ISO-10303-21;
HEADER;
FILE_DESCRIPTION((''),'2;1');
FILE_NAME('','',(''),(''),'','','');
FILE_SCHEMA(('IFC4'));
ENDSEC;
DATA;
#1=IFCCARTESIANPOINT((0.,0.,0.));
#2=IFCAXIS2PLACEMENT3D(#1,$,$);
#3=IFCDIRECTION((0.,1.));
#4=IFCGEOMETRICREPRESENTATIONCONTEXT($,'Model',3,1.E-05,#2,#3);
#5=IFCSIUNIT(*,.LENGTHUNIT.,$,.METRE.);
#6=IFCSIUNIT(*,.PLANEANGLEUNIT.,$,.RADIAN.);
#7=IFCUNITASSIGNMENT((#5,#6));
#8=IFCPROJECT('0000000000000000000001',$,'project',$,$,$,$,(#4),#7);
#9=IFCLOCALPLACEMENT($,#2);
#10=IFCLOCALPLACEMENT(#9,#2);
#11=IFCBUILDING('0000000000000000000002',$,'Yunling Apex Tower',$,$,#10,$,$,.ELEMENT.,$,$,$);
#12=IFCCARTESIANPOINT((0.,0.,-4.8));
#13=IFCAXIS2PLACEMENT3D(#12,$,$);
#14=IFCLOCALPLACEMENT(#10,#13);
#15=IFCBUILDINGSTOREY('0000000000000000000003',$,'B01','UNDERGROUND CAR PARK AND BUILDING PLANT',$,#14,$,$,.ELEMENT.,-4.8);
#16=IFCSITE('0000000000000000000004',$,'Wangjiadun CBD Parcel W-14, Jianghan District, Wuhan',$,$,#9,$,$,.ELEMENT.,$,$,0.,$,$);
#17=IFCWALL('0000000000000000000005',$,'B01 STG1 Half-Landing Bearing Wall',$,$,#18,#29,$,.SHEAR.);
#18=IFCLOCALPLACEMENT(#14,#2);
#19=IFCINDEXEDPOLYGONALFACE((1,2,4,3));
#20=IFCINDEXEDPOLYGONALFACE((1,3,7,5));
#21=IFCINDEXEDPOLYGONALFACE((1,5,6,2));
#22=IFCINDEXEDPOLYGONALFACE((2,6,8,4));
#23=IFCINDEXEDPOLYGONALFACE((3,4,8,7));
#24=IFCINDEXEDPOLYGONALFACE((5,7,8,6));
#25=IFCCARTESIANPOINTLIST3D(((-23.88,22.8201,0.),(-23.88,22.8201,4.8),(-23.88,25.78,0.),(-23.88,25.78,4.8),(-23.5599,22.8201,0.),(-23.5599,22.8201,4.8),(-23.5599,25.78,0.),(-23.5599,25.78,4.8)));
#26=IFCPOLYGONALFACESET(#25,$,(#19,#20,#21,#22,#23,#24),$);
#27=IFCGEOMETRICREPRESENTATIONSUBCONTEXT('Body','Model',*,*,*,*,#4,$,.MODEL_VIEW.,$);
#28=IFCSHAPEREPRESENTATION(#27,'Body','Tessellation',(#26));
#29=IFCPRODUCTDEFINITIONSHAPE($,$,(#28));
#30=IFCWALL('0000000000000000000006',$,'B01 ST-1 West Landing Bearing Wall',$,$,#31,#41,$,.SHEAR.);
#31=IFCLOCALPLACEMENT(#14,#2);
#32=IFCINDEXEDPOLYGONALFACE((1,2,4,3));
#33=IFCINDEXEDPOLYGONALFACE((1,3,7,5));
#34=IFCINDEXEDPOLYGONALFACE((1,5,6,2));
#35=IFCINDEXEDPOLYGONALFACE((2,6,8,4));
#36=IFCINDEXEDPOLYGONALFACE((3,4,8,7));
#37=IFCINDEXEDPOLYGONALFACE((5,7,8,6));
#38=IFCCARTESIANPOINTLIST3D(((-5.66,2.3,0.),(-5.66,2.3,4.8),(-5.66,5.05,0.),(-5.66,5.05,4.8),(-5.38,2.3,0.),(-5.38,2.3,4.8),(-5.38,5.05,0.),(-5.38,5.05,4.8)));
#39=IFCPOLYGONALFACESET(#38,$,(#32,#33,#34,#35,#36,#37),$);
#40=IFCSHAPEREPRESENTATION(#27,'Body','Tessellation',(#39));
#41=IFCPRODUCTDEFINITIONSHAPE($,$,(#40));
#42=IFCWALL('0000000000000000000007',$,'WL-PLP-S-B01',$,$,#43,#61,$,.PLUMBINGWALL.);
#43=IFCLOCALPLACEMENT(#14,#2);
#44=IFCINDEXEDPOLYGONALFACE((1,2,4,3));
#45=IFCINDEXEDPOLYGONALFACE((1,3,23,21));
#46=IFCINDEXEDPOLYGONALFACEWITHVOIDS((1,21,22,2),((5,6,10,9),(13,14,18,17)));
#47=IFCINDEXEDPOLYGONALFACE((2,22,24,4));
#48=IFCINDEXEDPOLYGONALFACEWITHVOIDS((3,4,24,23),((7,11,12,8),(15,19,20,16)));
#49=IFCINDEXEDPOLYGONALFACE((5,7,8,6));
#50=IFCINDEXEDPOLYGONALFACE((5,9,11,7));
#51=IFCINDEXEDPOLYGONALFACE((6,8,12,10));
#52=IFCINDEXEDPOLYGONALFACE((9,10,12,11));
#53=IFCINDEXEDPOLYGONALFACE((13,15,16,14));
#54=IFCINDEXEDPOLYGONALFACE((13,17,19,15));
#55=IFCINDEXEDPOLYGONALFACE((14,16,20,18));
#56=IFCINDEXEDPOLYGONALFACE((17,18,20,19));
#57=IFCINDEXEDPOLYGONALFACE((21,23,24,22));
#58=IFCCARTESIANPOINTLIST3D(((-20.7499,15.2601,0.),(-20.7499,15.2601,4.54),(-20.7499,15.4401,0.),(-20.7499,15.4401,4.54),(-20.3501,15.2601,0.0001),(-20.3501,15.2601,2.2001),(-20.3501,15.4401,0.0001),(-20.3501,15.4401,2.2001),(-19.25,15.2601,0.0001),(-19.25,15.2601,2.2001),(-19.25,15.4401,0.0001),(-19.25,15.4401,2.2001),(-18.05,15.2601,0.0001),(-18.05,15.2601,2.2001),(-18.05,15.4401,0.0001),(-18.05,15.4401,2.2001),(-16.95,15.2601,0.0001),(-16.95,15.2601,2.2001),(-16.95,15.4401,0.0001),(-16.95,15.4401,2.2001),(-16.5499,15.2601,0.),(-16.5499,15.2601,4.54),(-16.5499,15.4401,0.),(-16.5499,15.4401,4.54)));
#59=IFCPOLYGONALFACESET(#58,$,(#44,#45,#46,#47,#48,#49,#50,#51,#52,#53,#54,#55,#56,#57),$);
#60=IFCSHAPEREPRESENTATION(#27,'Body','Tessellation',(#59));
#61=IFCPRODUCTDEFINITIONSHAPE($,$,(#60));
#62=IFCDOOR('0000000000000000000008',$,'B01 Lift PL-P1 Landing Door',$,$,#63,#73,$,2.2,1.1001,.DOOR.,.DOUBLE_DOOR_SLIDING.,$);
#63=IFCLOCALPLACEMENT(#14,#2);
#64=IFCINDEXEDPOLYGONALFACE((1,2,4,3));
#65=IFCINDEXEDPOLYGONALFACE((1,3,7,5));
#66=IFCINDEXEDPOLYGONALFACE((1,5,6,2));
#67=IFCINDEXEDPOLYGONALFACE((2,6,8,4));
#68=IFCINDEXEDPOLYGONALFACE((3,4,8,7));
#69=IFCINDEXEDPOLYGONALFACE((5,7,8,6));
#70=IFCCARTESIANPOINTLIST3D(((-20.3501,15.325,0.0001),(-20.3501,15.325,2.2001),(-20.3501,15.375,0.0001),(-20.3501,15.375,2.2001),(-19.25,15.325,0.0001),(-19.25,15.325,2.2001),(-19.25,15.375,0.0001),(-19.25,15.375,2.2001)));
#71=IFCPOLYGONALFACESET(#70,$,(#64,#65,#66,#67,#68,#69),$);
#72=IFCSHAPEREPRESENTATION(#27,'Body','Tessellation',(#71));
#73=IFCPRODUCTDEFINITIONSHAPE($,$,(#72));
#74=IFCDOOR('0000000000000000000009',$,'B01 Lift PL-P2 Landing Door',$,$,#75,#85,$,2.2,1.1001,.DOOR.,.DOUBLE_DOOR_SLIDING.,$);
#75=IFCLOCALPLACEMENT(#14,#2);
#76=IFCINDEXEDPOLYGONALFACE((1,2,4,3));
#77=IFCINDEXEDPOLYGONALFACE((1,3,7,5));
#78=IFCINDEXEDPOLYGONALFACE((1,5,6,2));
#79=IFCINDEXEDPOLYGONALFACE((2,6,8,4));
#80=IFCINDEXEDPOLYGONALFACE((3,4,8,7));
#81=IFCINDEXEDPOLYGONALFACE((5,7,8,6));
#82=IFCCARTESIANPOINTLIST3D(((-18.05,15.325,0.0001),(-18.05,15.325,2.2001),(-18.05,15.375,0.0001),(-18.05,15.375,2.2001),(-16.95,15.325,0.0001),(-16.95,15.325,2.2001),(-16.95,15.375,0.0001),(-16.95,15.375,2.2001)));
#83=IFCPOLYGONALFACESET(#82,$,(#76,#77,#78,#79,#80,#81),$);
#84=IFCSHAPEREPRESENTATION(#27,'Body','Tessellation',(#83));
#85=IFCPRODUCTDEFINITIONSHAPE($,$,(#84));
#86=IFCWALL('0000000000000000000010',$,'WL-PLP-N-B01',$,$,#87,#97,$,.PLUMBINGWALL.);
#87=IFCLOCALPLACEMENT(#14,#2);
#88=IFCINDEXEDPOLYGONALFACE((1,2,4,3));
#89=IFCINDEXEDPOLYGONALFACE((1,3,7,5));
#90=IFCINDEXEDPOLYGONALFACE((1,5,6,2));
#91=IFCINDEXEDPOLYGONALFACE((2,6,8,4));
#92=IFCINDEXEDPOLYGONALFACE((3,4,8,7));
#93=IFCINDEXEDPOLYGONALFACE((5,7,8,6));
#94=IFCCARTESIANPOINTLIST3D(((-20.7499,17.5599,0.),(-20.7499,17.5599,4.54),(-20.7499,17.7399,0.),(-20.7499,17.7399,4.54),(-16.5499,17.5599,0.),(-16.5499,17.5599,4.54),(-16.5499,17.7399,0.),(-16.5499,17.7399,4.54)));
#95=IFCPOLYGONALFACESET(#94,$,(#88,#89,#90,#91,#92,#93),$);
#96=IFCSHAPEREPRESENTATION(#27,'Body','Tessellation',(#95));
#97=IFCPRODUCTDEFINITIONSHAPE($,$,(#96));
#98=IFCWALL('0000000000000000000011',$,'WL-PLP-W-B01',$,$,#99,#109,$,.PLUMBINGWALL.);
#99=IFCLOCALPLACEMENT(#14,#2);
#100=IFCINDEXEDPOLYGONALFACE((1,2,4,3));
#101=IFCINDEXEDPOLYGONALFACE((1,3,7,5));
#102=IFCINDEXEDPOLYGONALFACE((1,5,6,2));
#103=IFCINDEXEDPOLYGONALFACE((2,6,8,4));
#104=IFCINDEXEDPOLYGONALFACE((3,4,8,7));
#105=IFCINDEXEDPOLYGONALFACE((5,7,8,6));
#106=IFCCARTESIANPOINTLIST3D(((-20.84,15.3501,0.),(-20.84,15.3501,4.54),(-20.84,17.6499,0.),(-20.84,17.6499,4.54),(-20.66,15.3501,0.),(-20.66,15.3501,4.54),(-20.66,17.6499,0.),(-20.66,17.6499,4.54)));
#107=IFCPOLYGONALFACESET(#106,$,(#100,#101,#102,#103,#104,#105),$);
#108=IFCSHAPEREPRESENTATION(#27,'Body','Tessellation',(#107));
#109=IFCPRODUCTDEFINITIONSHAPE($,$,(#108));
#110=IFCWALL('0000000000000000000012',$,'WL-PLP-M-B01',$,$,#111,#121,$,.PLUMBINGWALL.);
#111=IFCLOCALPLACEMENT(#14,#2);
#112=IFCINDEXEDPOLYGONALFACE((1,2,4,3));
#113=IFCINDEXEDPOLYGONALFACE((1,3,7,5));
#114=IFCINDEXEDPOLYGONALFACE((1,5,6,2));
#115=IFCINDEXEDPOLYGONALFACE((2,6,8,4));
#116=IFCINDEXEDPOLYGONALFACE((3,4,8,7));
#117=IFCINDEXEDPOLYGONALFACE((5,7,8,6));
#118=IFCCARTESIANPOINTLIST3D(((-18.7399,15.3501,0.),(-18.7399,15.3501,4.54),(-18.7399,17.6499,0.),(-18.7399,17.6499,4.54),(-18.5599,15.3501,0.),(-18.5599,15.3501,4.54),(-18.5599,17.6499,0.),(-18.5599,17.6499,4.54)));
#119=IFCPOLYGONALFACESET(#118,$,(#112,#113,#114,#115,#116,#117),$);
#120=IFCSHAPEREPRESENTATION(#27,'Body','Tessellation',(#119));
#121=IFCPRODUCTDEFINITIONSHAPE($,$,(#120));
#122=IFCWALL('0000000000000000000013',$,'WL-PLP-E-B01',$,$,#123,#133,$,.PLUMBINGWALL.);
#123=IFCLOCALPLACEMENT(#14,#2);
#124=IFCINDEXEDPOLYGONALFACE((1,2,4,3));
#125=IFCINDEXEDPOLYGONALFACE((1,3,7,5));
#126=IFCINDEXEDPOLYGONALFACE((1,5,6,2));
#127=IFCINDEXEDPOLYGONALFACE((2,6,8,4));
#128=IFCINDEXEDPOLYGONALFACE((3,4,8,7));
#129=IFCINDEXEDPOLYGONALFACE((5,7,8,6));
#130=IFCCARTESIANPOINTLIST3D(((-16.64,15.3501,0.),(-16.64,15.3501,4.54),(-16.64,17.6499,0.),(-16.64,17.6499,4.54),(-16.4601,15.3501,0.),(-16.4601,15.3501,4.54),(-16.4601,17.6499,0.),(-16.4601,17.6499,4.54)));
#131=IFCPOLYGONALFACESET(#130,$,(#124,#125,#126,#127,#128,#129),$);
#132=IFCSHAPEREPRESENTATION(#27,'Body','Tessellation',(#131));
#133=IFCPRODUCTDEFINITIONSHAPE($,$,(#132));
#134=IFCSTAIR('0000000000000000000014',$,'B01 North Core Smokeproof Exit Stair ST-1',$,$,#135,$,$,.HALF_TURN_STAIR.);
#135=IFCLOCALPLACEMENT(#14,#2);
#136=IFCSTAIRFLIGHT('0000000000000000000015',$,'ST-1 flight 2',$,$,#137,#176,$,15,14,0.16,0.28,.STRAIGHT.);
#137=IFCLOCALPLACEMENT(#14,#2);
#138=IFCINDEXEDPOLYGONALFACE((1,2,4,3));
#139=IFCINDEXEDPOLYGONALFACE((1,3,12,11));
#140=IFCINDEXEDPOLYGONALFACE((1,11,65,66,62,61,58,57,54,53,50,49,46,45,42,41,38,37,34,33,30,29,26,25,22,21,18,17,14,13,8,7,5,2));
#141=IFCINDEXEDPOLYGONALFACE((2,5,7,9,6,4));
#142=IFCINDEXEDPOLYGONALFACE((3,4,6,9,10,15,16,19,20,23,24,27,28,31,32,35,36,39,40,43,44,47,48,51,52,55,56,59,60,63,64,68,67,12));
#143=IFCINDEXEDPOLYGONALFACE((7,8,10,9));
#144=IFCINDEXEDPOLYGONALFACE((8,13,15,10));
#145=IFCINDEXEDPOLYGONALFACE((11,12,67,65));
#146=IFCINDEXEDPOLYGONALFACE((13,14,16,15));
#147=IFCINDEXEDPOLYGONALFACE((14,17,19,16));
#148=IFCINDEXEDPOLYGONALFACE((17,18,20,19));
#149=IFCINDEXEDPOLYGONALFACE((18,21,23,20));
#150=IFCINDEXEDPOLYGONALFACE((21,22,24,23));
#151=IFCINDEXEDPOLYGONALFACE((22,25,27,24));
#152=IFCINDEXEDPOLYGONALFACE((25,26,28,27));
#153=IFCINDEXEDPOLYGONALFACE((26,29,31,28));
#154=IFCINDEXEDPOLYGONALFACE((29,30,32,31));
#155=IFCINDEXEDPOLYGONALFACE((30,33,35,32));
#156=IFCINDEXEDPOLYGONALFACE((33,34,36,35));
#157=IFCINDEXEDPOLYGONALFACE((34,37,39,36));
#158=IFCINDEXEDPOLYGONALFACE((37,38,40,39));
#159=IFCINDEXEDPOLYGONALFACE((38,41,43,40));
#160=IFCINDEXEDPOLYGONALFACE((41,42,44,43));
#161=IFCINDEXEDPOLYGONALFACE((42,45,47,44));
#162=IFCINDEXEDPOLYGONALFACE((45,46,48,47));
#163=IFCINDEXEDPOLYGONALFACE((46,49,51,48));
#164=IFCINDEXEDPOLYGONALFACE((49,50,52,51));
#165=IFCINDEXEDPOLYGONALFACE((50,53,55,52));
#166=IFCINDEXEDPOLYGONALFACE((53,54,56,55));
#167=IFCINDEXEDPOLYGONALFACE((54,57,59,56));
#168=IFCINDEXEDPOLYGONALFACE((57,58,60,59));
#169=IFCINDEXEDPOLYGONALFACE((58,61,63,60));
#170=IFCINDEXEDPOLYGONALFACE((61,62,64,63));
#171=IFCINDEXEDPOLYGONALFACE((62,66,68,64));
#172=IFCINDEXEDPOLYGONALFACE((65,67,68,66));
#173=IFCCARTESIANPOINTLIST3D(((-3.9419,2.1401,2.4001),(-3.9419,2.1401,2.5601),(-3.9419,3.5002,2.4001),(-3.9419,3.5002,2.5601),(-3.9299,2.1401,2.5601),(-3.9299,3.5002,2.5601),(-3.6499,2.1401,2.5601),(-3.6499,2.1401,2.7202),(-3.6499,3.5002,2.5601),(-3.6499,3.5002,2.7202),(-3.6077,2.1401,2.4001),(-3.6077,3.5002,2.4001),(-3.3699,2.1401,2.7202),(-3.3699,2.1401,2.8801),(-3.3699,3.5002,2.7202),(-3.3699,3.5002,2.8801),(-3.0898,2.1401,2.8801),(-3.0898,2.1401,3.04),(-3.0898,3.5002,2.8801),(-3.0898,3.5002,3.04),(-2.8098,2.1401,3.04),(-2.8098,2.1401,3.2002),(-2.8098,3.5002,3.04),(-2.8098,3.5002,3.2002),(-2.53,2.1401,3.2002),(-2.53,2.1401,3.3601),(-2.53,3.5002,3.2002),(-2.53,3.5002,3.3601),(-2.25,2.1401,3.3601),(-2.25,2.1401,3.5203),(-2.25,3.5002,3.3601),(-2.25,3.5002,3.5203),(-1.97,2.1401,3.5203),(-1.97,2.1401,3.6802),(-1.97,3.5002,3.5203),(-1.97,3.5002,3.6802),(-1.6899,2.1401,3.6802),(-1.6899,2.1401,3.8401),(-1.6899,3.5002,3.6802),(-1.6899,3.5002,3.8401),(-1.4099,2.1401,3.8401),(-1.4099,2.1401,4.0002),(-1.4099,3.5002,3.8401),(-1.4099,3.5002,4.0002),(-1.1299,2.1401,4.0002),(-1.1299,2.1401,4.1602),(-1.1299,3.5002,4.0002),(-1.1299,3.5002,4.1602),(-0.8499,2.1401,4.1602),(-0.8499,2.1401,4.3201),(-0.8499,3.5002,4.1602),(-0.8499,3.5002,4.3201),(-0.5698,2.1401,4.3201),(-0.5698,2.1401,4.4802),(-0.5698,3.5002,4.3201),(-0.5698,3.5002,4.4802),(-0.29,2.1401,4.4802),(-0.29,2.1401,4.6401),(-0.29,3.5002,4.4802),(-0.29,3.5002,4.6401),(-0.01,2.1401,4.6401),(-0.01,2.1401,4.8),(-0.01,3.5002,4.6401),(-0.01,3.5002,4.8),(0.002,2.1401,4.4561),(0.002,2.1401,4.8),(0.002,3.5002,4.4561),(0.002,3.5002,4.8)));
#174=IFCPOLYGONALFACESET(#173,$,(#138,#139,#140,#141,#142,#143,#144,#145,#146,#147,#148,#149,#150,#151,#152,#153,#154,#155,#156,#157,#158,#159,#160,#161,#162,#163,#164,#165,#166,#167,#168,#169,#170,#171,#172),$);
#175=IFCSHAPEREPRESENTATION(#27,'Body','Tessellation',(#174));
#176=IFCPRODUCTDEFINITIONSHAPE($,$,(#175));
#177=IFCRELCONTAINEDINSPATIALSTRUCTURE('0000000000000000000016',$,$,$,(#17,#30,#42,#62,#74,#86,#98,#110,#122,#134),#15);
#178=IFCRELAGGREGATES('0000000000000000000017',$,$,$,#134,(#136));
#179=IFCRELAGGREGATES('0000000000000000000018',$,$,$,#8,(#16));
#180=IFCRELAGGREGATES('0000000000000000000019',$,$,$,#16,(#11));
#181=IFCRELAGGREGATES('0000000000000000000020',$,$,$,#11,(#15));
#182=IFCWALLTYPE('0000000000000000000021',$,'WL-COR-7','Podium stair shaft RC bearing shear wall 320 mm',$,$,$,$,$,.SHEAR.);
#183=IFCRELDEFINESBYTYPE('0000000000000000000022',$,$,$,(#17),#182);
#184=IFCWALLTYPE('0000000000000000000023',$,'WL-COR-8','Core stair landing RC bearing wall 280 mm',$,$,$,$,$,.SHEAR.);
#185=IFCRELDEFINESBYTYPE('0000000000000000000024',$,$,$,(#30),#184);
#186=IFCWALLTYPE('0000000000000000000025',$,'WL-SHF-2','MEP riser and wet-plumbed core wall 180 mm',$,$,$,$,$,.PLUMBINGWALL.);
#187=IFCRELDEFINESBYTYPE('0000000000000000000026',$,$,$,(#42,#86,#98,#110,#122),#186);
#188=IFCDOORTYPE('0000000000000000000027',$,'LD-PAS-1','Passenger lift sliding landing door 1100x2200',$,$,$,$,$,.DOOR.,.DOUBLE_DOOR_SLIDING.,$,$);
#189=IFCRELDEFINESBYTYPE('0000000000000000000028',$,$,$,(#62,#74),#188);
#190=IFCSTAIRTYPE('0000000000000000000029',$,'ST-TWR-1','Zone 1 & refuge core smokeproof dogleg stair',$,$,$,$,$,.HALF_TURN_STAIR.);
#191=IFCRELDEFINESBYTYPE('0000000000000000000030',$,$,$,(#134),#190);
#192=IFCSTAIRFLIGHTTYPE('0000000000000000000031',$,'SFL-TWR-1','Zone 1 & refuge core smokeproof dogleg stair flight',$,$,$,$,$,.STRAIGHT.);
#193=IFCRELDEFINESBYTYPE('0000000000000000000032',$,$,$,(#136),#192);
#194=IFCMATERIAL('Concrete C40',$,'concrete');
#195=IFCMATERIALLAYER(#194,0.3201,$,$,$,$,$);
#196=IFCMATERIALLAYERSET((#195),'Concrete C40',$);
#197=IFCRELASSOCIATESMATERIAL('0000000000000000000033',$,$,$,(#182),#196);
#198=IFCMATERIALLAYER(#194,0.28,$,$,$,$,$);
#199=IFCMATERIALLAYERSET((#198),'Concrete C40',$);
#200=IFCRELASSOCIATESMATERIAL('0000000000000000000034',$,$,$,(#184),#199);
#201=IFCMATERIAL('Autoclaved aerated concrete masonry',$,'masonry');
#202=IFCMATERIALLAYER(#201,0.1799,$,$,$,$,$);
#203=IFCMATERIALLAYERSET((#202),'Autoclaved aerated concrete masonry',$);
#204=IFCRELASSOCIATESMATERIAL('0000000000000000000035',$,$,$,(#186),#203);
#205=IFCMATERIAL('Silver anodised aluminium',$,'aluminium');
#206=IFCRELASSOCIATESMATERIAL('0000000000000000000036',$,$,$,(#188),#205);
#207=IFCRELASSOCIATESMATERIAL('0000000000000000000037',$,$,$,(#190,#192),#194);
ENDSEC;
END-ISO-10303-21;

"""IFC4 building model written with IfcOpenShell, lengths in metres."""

from ifc_helpers import new_model, si_unit, direction, frame, frame_2d, origin, place, context, subcontext, project, spatial, polyline, rectangle, outline, extrude, material, layer, layer_set, type_object, element, fill, aggregate, save


model = new_model("IFC4")

# Units and contexts
model_context = context("Model", 3, precision=1e-05, world=origin(), true_north=direction((0.0, 1.0)))
body_context = subcontext(model_context, "Body", "Model", "MODEL_VIEW")
ifc_project = project(units=[si_unit("LENGTHUNIT", "METRE"), si_unit("PLANEANGLEUNIT", "RADIAN")], contexts=[model_context])

# Site, building, storey
site_placement = place(None, origin())
site = spatial("IfcSite", under=ifc_project, at=site_placement, Name="Wangjiadun CBD Parcel W-14, Jianghan District, Wuhan", CompositionType="ELEMENT", RefElevation=0.0)
building_placement = place(site_placement, origin())
building = spatial("IfcBuilding", under=site, at=building_placement, Name="Yunling Apex Tower", CompositionType="ELEMENT")
storey_placement = place(building_placement, frame((0.0, 0.0, -4.8)))
storey = spatial("IfcBuildingStorey", under=building, at=storey_placement, Name="B01", Description="UNDERGROUND CAR PARK AND BUILDING PLANT", CompositionType="ELEMENT", Elevation=-4.8)

# Walls
ifc_material_1 = material(Name="Concrete C40", Category="concrete")
ifc_layer_1 = layer(ifc_material_1, 0.3201)
ifc_layer_set_1 = layer_set([ifc_layer_1], Name="Concrete C40")
wall_type_1 = type_object("IfcWallType", Name="WL-COR-7", Description="Podium stair shaft RC bearing shear wall 320 mm", PredefinedType="SHEAR", material=ifc_layer_set_1)
wall_1_placement = place(storey_placement, frame((-23.72, 22.8201, 0.0), z_axis=(0.0, 0.0, 1.0), x_axis=(0.0, 1.0, 0.0)))
element("IfcWall", 1, at=wall_1_placement, inside=storey, type_object=wall_type_1, Name="B01 STG1 Half-Landing Bearing Wall", PredefinedType="SHEAR", context=body_context, shape_type="SweptSolid", body=[
    extrude(rectangle(XDim=2.96, YDim=0.3201, at=frame_2d((1.48, 0.0))), origin(), (0.0, 0.0, 1.0), 4.8),
])
ifc_layer_2 = layer(ifc_material_1, 0.28)
ifc_layer_set_2 = layer_set([ifc_layer_2], Name="Concrete C40")
wall_type_2 = type_object("IfcWallType", Name="WL-COR-8", Description="Core stair landing RC bearing wall 280 mm", PredefinedType="SHEAR", material=ifc_layer_set_2)
wall_2_placement = place(storey_placement, frame((-5.52, 2.3, 0.0), z_axis=(0.0, 0.0, 1.0), x_axis=(0.0, 1.0, 0.0)))
element("IfcWall", 2, at=wall_2_placement, inside=storey, type_object=wall_type_2, Name="B01 ST-1 West Landing Bearing Wall", PredefinedType="SHEAR", context=body_context, shape_type="SweptSolid", body=[
    extrude(rectangle(XDim=2.75, YDim=0.28, at=frame_2d((1.375, 0.0))), origin(), (0.0, 0.0, 1.0), 4.8),
])

# Wall, openings, doors
ifc_material_2 = material(Name="Autoclaved aerated concrete masonry", Category="masonry")
ifc_layer_3 = layer(ifc_material_2, 0.1799)
ifc_layer_set_3 = layer_set([ifc_layer_3], Name="Autoclaved aerated concrete masonry")
wall_type_3 = type_object("IfcWallType", Name="WL-SHF-2", Description="MEP riser and wet-plumbed core wall 180 mm", PredefinedType="PLUMBINGWALL", material=ifc_layer_set_3)
wall_3_placement = place(storey_placement, frame((-20.75, 15.3501, 0.0), z_axis=(0.0, 0.0, 1.0), x_axis=(1.0, 0.0, 0.0)))
wall_3 = element("IfcWall", 3, at=wall_3_placement, inside=storey, type_object=wall_type_3, Name="WL-PLP-S-B01", PredefinedType="PLUMBINGWALL", context=body_context, shape_type="SweptSolid", body=[
    extrude(rectangle(XDim=4.2, YDim=0.1799, at=frame_2d((2.1001, 0.0))), origin(), (0.0, 0.0, 1.0), 4.54),
])
opening_1_placement = place(wall_3_placement, frame((0.3999, 0.0, 0.0)))
opening_1 = element("IfcOpeningElement", 4, at=opening_1_placement, cuts=wall_3, PredefinedType="OPENING", context=body_context, shape_type="SweptSolid", body=[
    extrude(rectangle(XDim=1.1001, YDim=2.2, at=frame_2d((0.55, 1.1001))), frame((0.0, 0.1001, 0.0), z_axis=(0.0, -1.0, 0.0), x_axis=(1.0, 0.0, 0.0)), (0.0, 0.0, 1.0), 0.2),
])
opening_2_placement = place(wall_3_placement, frame((2.7, 0.0, 0.0)))
opening_2 = element("IfcOpeningElement", 5, at=opening_2_placement, cuts=wall_3, PredefinedType="OPENING", context=body_context, shape_type="SweptSolid", body=[
    extrude(rectangle(XDim=1.1001, YDim=2.2, at=frame_2d((0.55, 1.1001))), frame((0.0, 0.1001, 0.0), z_axis=(0.0, -1.0, 0.0), x_axis=(1.0, 0.0, 0.0)), (0.0, 0.0, 1.0), 0.2),
])
ifc_material_3 = material(Name="Silver anodised aluminium", Category="aluminium")
door_type_1 = type_object("IfcDoorType", Name="LD-PAS-1", Description="Passenger lift sliding landing door 1100x2200", OperationType="DOUBLE_DOOR_SLIDING", PredefinedType="DOOR", material=ifc_material_3)
door_1_placement = place(opening_1_placement, origin())
door_1 = element("IfcDoor", 6, at=door_1_placement, inside=storey, type_object=door_type_1, Name="B01 Lift PL-P1 Landing Door", OperationType="DOUBLE_DOOR_SLIDING", OverallHeight=2.2, OverallWidth=1.1001, PredefinedType="DOOR", context=body_context, shape_type="SweptSolid", body=[
    extrude(rectangle(XDim=1.1001, YDim=2.2, at=frame_2d((0.55, 1.1001))), frame((0.0, 0.0249, 0.0), z_axis=(0.0, -1.0, 0.0), x_axis=(1.0, 0.0, 0.0)), (0.0, 0.0, 1.0), 0.05),
])
fill(opening_1, door_1)
door_2_placement = place(opening_2_placement, origin())
door_2 = element("IfcDoor", 7, at=door_2_placement, inside=storey, type_object=door_type_1, Name="B01 Lift PL-P2 Landing Door", OperationType="DOUBLE_DOOR_SLIDING", OverallHeight=2.2, OverallWidth=1.1001, PredefinedType="DOOR", context=body_context, shape_type="SweptSolid", body=[
    extrude(rectangle(XDim=1.1001, YDim=2.2, at=frame_2d((0.55, 1.1001))), frame((0.0, 0.0249, 0.0), z_axis=(0.0, -1.0, 0.0), x_axis=(1.0, 0.0, 0.0)), (0.0, 0.0, 1.0), 0.05),
])
fill(opening_2, door_2)

# Walls
wall_4_placement = place(storey_placement, frame((-20.75, 17.6499, 0.0), z_axis=(0.0, 0.0, 1.0), x_axis=(1.0, 0.0, 0.0)))
element("IfcWall", 8, at=wall_4_placement, inside=storey, type_object=wall_type_3, Name="WL-PLP-N-B01", PredefinedType="PLUMBINGWALL", context=body_context, shape_type="SweptSolid", body=[
    extrude(rectangle(XDim=4.2, YDim=0.1799, at=frame_2d((2.1001, 0.0))), origin(), (0.0, 0.0, 1.0), 4.54),
])
for number, where, z_axis, x_axis, name in (
    (9, (-20.75, 15.3501, 0.0), (0.0, 0.0, 1.0), (0.0, 1.0, 0.0), "WL-PLP-W-B01"),
    (10, (-18.6499, 15.3501, 0.0), (0.0, 0.0, 1.0), (0.0, 1.0, 0.0), "WL-PLP-M-B01"),
    (11, (-16.55, 15.3501, 0.0), (0.0, 0.0, 1.0), (0.0, 1.0, 0.0), "WL-PLP-E-B01"),
):
    element("IfcWall", number, at=place(storey_placement, frame(where, z_axis=z_axis, x_axis=x_axis)), inside=storey, type_object=wall_type_3, Name=name, PredefinedType="PLUMBINGWALL", context=body_context, shape_type="SweptSolid", body=[
        extrude(rectangle(XDim=2.2998, YDim=0.1799, at=frame_2d((1.1499, 0.0))), origin(), (0.0, 0.0, 1.0), 4.54),
    ])

# Stair, stair flight
stair_type = type_object("IfcStairType", Name="ST-TWR-1", Description="Zone 1 & refuge core smokeproof dogleg stair", PredefinedType="HALF_TURN_STAIR", material=ifc_material_1)
stair_placement = place(storey_placement, origin())
stair = element("IfcStair", 12, at=stair_placement, inside=storey, type_object=stair_type, Name="B01 North Core Smokeproof Exit Stair ST-1", PredefinedType="HALF_TURN_STAIR")
stair_flight_type = type_object("IfcStairFlightType", Name="SFL-TWR-1", Description="Zone 1 & refuge core smokeproof dogleg stair flight", PredefinedType="STRAIGHT", material=ifc_material_1)
stair_flight_placement = place(storey_placement, frame((-3.9299, 2.8201, 2.4001), z_axis=(0.0, 0.0, 1.0), x_axis=(1.0, 0.0, 0.0)))
stair_flight = element("IfcStairFlight", 13, at=stair_flight_placement, type_object=stair_flight_type, Name="ST-1 flight 2", NumberOfRisers=15, NumberOfTreads=14, PredefinedType="STRAIGHT", RiserHeight=0.16, TreadLength=0.28, context=body_context, shape_type="SweptSolid", body=[
    extrude(outline(polyline([(-0.012, 0.0), (-0.012, 0.1599), (0.0, 0.1599), (0.28, 0.1599), (0.28, 0.3201), (0.5601, 0.3201), (0.5601, 0.48), (0.8401, 0.48), (0.8401, 0.6399), (1.1201, 0.6399), (1.1201, 0.8), (1.3999, 0.8), (1.3999, 0.96), (1.6799, 0.96), (1.6799, 1.1201), (1.96, 1.1201), (1.96, 1.28), (2.24, 1.28), (2.24, 1.4399), (2.52, 1.4399), (2.52, 1.6001), (2.8, 1.6001), (2.8, 1.76), (3.0801, 1.76), (3.0801, 1.9199), (3.3601, 1.9199), (3.3601, 2.0801), (3.6399, 2.0801), (3.6399, 2.24), (3.9199, 2.24), (3.9199, 2.3999), (3.9319, 2.3999), (3.9319, 2.0559), (0.3223, 0.0), (-0.012, 0.0)])), frame((0.0, 0.6802, 0.0), z_axis=(0.0, -1.0, 0.0), x_axis=(1.0, 0.0, 0.0)), (0.0, 0.0, 1.0), 1.3601),
])
aggregate(stair, [stair_flight])

save(model, "model.ifc")
